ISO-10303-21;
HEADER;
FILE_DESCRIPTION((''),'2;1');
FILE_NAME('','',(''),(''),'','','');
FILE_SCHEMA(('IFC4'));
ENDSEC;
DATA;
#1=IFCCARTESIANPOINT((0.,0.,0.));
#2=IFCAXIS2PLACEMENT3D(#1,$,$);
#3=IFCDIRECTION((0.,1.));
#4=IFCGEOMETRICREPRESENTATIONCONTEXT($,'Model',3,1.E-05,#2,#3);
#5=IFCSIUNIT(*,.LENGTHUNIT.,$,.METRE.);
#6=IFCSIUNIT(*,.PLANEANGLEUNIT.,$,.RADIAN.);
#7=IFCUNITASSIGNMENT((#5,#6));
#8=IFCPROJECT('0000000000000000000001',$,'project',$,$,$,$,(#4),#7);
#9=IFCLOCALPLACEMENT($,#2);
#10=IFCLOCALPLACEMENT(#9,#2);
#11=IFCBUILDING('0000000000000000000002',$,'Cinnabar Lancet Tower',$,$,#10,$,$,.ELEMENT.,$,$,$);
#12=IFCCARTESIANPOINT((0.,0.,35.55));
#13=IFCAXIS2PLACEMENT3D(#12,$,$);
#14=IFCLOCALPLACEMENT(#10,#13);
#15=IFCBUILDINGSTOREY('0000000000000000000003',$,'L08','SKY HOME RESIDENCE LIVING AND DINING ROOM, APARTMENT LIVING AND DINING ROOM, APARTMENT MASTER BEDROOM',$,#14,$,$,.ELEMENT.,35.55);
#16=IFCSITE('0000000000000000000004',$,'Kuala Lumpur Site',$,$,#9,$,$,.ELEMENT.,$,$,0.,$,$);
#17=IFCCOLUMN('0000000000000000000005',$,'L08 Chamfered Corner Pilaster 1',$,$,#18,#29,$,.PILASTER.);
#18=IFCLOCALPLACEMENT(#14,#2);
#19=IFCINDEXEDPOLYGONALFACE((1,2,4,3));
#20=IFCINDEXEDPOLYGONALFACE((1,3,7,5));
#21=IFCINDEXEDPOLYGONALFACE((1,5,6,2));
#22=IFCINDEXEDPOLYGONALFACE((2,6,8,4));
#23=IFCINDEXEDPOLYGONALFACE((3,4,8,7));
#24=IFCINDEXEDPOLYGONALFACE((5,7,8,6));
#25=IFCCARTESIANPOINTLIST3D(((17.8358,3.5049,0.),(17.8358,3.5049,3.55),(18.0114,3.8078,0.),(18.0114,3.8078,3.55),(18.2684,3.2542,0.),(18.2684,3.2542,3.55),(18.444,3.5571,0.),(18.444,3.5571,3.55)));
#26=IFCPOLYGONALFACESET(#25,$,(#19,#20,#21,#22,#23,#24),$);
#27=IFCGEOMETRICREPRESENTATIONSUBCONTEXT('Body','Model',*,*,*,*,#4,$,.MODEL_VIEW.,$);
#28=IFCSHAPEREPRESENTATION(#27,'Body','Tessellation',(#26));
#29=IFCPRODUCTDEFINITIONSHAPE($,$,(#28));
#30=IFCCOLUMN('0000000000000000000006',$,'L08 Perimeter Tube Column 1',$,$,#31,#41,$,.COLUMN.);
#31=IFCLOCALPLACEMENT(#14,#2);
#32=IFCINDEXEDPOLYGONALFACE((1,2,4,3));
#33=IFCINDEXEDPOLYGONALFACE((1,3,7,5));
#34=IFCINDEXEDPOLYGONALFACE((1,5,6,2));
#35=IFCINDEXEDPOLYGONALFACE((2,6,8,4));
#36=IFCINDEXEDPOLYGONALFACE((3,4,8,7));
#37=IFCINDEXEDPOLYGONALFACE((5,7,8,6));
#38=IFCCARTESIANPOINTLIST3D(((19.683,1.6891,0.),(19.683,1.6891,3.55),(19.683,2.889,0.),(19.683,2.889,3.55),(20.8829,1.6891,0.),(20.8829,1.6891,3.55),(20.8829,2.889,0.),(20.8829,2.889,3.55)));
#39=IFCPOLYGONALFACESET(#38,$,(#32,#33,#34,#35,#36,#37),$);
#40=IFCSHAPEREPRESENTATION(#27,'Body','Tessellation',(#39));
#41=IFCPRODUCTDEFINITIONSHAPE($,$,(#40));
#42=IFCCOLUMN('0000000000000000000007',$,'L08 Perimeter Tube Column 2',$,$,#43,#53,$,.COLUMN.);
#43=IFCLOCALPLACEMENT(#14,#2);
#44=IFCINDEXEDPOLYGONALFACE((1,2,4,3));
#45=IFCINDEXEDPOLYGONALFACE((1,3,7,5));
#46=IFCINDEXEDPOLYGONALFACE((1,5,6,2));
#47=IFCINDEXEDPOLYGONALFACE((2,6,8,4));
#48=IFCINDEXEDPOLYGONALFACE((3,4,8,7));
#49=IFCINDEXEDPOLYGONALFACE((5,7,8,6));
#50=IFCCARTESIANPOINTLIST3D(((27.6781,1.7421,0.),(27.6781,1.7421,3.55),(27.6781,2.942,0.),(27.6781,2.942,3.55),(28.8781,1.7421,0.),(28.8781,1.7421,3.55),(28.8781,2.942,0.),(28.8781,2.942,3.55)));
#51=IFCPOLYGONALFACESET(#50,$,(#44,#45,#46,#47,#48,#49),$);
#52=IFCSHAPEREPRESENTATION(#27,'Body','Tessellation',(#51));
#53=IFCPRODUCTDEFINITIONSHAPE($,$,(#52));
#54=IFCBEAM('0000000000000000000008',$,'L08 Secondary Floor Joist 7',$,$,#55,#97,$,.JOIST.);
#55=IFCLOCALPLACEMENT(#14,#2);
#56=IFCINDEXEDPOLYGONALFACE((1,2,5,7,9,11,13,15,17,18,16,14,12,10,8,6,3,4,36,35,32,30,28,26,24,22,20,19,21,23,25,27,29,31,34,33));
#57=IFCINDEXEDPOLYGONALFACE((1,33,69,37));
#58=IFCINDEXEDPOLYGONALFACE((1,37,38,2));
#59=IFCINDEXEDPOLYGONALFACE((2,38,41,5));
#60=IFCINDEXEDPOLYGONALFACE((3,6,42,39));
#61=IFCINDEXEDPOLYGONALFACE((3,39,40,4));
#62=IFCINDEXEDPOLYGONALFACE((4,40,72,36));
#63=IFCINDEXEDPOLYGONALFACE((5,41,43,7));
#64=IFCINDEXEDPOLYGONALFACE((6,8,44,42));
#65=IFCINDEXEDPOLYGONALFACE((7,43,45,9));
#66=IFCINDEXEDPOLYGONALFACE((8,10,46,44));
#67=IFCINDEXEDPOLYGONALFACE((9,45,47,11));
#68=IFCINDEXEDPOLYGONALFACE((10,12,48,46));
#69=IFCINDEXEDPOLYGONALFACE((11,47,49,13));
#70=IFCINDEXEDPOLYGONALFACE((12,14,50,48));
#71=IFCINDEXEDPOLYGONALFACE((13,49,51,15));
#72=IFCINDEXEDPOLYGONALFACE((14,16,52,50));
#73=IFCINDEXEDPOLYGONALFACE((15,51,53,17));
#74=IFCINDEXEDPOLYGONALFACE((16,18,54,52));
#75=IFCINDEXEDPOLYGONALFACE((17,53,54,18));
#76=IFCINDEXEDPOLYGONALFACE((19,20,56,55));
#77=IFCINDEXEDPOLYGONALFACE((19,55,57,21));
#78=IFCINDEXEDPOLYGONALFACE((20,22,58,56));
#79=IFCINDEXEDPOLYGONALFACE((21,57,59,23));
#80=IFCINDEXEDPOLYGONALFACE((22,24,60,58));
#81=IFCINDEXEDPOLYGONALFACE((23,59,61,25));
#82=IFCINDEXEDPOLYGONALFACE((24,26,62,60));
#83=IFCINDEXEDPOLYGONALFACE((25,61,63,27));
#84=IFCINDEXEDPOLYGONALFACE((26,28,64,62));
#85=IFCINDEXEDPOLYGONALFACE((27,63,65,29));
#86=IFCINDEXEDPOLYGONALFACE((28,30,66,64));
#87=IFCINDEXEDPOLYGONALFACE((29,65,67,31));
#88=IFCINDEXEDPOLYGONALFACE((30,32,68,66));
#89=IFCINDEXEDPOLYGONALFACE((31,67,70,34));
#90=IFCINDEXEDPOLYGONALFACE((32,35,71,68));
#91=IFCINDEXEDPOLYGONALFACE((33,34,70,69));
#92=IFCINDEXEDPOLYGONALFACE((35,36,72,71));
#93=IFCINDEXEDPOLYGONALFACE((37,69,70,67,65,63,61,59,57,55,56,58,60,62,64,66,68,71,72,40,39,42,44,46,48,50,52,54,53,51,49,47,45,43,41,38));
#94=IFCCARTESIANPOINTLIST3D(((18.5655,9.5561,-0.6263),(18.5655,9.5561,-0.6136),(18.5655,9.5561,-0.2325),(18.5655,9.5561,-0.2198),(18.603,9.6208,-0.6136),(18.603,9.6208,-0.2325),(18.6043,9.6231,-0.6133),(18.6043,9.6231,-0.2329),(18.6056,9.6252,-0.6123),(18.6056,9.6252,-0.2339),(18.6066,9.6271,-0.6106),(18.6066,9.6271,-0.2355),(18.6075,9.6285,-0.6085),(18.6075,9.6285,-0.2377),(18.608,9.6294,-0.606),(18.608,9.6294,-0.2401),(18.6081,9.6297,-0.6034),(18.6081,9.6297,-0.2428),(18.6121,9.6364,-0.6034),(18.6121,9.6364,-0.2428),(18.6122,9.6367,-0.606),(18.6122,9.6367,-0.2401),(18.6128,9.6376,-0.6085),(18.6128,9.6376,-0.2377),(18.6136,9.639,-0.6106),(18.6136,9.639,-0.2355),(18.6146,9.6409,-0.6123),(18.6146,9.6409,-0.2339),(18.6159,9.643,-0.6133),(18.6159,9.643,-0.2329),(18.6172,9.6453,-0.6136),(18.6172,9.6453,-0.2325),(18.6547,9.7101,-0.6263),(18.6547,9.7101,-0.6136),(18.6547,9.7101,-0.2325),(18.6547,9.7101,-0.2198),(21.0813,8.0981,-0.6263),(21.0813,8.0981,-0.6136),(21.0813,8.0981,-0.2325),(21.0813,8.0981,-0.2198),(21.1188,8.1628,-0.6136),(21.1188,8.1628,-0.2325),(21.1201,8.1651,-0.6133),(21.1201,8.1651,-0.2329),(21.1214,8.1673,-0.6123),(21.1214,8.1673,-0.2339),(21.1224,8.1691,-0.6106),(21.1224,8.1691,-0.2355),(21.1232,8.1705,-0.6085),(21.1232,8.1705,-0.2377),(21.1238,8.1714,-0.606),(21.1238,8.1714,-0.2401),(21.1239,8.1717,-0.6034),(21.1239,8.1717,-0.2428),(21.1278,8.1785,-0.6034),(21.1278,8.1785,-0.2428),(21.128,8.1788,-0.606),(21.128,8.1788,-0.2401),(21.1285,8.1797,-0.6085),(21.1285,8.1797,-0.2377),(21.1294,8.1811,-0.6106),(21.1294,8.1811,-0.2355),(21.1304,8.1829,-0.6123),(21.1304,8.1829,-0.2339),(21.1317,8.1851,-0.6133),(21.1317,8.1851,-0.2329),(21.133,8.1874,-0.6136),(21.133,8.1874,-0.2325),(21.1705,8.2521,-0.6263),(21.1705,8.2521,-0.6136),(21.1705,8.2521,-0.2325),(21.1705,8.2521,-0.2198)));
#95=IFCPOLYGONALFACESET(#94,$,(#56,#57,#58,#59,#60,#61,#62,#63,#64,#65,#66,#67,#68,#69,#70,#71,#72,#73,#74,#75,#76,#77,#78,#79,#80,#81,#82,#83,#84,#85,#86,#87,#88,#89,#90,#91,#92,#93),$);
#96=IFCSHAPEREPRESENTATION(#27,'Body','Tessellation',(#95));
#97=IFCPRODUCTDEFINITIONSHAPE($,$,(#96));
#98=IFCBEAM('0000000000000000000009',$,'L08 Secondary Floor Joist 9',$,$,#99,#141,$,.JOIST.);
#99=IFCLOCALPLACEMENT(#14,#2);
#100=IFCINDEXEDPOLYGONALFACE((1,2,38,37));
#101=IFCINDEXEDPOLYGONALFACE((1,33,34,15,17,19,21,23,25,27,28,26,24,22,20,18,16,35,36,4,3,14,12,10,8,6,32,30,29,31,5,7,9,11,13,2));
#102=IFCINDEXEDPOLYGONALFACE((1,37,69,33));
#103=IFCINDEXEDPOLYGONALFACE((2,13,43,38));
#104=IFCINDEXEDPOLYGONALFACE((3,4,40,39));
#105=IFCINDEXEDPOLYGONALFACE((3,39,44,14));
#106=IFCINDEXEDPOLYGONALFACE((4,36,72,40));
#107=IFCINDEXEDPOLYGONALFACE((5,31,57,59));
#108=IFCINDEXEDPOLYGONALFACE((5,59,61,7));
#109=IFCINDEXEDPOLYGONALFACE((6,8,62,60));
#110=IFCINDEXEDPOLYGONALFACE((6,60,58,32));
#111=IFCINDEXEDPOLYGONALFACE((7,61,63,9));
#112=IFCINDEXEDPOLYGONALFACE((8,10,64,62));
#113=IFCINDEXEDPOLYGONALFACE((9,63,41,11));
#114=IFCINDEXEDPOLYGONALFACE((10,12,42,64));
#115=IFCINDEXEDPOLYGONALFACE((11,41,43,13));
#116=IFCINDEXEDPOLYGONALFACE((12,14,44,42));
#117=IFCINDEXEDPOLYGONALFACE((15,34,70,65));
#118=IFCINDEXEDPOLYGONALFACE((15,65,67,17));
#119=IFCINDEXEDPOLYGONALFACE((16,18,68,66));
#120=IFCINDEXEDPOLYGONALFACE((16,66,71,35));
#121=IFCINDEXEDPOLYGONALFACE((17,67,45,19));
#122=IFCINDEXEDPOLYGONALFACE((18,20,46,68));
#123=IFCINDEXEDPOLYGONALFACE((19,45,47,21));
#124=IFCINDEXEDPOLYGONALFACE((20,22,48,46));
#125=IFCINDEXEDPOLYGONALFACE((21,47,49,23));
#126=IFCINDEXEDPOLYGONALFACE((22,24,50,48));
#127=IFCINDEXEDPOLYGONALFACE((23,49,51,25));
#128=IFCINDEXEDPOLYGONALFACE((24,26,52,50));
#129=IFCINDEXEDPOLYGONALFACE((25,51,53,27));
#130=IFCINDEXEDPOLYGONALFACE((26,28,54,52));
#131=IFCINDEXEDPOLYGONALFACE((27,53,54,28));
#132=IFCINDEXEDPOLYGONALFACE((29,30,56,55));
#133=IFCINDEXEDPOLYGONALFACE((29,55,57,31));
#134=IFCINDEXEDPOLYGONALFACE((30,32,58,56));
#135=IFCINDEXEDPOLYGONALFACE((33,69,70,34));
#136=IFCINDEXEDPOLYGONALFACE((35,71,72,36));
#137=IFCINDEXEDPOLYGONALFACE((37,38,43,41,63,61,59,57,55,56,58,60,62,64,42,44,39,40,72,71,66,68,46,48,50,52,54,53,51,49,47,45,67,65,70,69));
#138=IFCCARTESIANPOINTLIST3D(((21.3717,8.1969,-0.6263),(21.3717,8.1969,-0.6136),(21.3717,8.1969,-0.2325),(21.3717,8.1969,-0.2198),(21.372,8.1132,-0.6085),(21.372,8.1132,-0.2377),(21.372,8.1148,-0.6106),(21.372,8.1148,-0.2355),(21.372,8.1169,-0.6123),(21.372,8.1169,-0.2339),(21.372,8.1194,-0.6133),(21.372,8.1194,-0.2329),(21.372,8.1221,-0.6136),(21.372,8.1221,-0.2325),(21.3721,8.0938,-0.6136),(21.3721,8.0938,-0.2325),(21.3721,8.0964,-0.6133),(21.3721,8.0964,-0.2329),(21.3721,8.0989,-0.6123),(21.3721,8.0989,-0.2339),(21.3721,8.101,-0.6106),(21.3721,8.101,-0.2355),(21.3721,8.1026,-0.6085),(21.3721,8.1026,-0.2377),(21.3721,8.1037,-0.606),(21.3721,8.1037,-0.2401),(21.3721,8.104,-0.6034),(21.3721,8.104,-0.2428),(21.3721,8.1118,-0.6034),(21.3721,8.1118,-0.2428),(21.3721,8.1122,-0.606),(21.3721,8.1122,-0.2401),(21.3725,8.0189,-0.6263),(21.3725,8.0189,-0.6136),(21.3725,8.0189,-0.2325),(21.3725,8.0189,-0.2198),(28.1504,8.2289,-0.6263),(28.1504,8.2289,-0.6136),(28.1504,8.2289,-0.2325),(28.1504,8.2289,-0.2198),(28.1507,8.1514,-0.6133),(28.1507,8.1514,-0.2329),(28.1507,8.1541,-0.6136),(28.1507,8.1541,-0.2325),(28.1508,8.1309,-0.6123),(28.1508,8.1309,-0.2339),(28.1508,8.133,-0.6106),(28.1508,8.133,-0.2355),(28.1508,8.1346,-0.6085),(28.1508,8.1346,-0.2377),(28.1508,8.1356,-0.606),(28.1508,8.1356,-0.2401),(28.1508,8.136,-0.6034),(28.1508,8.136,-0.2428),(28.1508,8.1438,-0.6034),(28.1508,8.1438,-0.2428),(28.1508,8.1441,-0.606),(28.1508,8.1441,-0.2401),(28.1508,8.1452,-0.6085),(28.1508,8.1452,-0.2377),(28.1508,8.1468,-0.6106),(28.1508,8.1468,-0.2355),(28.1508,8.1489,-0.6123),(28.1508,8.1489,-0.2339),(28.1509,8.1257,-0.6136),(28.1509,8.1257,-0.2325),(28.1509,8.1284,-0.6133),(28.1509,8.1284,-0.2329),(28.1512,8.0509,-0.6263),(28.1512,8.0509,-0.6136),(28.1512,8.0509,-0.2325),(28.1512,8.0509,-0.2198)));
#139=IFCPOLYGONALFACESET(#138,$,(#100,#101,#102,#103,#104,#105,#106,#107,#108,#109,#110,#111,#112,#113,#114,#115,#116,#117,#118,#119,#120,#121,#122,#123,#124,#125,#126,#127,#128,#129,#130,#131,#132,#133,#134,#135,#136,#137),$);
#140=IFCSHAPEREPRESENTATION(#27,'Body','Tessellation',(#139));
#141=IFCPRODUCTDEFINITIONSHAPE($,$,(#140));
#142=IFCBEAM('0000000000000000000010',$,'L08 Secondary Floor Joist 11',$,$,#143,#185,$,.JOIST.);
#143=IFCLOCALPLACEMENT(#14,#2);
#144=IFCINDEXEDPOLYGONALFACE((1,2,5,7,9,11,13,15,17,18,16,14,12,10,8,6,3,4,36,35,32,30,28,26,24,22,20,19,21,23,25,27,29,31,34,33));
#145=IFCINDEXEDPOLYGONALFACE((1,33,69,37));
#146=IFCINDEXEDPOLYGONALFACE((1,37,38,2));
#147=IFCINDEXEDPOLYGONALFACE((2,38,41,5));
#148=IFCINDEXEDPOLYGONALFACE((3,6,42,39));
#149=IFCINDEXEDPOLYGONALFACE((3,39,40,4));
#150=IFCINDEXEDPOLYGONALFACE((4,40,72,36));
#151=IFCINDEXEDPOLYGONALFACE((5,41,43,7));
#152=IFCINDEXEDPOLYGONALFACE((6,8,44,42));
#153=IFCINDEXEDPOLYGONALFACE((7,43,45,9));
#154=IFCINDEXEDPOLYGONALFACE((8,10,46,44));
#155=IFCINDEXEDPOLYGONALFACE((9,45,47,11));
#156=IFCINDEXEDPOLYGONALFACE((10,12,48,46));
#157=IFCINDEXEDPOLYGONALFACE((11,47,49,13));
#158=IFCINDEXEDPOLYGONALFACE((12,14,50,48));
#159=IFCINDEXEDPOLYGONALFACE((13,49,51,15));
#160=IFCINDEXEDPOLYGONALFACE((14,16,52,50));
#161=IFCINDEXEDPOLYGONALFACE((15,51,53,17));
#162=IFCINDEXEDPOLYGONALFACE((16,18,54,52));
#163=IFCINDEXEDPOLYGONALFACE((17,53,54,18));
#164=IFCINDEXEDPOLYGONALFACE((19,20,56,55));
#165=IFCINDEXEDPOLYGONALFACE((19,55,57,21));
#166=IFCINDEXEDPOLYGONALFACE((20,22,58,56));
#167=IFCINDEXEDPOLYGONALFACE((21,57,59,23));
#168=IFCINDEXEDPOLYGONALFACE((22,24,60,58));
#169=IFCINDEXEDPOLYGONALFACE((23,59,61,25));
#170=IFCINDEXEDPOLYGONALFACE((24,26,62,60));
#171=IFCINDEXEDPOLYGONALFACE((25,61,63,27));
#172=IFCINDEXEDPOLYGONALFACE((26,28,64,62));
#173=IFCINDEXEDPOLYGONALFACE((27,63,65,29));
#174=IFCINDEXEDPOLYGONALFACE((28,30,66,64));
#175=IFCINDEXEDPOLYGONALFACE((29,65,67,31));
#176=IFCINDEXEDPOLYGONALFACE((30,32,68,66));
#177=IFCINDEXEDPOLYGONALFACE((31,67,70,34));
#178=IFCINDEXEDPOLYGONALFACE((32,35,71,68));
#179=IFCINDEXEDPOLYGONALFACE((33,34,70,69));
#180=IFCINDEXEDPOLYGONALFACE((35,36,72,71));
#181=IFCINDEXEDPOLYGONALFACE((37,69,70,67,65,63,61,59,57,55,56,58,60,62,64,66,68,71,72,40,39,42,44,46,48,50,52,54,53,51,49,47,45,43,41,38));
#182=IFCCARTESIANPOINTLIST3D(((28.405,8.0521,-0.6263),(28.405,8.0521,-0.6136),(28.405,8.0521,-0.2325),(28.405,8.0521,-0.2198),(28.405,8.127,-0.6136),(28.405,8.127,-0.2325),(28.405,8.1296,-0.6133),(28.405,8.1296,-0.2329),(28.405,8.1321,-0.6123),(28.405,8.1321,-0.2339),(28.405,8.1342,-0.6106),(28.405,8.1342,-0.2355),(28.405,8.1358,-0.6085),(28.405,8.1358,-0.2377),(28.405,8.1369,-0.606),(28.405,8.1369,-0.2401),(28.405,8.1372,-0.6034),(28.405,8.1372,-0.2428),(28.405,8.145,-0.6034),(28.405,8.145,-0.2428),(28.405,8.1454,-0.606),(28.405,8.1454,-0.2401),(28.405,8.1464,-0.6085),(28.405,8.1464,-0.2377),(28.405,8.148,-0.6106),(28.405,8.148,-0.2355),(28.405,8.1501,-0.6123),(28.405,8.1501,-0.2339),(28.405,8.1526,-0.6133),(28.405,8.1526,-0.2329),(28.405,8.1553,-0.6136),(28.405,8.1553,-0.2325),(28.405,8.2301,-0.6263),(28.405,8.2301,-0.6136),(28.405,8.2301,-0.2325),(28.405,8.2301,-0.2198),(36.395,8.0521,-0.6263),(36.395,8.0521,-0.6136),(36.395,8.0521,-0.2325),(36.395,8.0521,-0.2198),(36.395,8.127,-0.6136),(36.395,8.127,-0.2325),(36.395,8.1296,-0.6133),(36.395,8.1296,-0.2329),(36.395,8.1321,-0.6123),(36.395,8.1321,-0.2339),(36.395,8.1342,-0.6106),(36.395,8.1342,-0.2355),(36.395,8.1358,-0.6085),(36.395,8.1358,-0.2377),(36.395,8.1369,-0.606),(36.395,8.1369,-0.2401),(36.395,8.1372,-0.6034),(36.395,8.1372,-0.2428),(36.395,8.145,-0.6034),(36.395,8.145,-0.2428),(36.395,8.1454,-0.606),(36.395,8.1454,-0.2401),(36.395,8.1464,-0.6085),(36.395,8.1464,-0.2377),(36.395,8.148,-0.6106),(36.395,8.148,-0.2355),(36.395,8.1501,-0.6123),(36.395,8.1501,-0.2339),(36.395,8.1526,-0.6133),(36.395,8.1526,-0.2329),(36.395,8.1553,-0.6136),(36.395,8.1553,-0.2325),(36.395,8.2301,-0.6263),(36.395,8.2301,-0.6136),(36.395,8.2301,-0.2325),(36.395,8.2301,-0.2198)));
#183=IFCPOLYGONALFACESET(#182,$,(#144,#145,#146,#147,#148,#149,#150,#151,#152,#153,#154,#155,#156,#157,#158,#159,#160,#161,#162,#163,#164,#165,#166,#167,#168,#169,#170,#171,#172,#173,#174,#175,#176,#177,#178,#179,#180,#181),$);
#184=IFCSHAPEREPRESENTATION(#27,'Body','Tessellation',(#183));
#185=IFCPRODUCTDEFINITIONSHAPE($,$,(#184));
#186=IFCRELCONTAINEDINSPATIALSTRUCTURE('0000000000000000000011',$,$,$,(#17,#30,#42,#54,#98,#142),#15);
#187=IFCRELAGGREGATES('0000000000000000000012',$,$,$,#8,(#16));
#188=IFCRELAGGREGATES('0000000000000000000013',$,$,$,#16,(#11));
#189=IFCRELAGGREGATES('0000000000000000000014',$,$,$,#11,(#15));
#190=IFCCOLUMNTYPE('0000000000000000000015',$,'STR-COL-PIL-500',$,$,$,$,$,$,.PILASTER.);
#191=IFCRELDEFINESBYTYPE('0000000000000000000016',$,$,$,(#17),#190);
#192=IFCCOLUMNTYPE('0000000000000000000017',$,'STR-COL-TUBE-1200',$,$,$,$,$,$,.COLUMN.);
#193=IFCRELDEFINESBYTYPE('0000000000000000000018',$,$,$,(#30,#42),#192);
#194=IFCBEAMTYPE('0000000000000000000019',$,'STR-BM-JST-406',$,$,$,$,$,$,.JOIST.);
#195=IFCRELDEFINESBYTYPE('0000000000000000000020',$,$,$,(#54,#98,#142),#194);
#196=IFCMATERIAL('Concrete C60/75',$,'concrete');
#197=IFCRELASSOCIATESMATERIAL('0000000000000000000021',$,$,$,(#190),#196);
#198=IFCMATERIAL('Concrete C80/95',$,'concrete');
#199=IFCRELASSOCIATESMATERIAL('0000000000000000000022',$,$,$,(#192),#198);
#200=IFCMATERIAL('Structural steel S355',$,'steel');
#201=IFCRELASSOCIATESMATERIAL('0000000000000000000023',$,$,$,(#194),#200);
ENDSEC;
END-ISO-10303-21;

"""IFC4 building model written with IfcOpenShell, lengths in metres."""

from ifc_helpers import new_model, si_unit, direction, frame, origin, origin_2d, place, context, subcontext, project, spatial, rectangle, i_section, extrude, material, material_profile, profile_set, type_object, element, save


model = new_model("IFC4")

# Units and contexts
model_context = context("Model", 3, precision=1e-05, world=origin(), true_north=direction((0.0, 1.0)))
body_context = subcontext(model_context, "Body", "Model", "MODEL_VIEW")
ifc_project = project(units=[si_unit("LENGTHUNIT", "METRE"), si_unit("PLANEANGLEUNIT", "RADIAN")], contexts=[model_context])

# Site, building, storey
site_placement = place(None, origin())
site = spatial("IfcSite", under=ifc_project, at=site_placement, Name="Kuala Lumpur Site", CompositionType="ELEMENT", RefElevation=0.0)
building_placement = place(site_placement, origin())
building = spatial("IfcBuilding", under=site, at=building_placement, Name="Cinnabar Lancet Tower", CompositionType="ELEMENT")
storey_placement = place(building_placement, frame((0.0, 0.0, 35.55)))
storey = spatial("IfcBuildingStorey", under=building, at=storey_placement, Name="L08", Description="SKY HOME RESIDENCE LIVING AND DINING ROOM, APARTMENT LIVING AND DINING ROOM, APARTMENT MASTER BEDROOM", CompositionType="ELEMENT", Elevation=35.55)

# Columns
ifc_material_1 = material(Name="Concrete C60/75", Category="concrete")
ifc_material_profile_1 = material_profile(ifc_material_1, rectangle(XDim=0.5, YDim=0.3501, at=origin_2d()), Name="RC-PIL 500x350")
ifc_profile_set_1 = profile_set([ifc_material_profile_1], Name="Concrete C60/75")
column_type_1 = type_object("IfcColumnType", Name="STR-COL-PIL-500", PredefinedType="PILASTER", material=ifc_profile_set_1)
column_placement = place(storey_placement, frame((18.1399, 3.531, 0.0), z_axis=(0.0, 0.0, 1.0), x_axis=(0.865195, -0.501435, 0.0)))
element("IfcColumn", 1, at=column_placement, inside=storey, type_object=column_type_1, Name="L08 Chamfered Corner Pilaster 1", PredefinedType="PILASTER", context=body_context, shape_type="SweptSolid", body=[
    extrude(rectangle(XDim=0.5, YDim=0.3501, at=origin_2d()), origin(), (0.0, 0.0, 1.0), 3.55),
])
ifc_material_2 = material(Name="Concrete C80/95", Category="concrete")
ifc_material_profile_2 = material_profile(ifc_material_2, rectangle(XDim=1.2, YDim=1.2, at=origin_2d()), Name="RC-COL 1200x1200")
ifc_profile_set_2 = profile_set([ifc_material_profile_2], Name="Concrete C80/95")
column_type_2 = type_object("IfcColumnType", Name="STR-COL-TUBE-1200", PredefinedType="COLUMN", material=ifc_profile_set_2)
for number, where, z_axis, x_axis, name in (
    (2, (20.283, 2.2891, 0.0), (0.0, 0.0, 1.0), (1.0, 0.0, 0.0), "L08 Perimeter Tube Column 1"),
    (3, (28.2781, 2.342, 0.0), (0.0, 0.0, 1.0), (1.0, 0.0, 0.0), "L08 Perimeter Tube Column 2"),
):
    element("IfcColumn", number, at=place(storey_placement, frame(where, z_axis=z_axis, x_axis=x_axis)), inside=storey, type_object=column_type_2, Name=name, PredefinedType="COLUMN", context=body_context, shape_type="SweptSolid", body=[
        extrude(rectangle(XDim=1.2, YDim=1.2, at=origin_2d()), origin(), (0.0, 0.0, 1.0), 3.55),
    ])

# Beams
ifc_material_3 = material(Name="Structural steel S355", Category="steel")
ifc_material_profile_3 = material_profile(ifc_material_3, i_section(OverallWidth=0.178, OverallDepth=0.4065, WebThickness=0.0078, FlangeThickness=0.0127, FilletRadius=0.0103, at=origin_2d()), Name="UKB 406x178x60")
ifc_profile_set_3 = profile_set([ifc_material_profile_3], Name="Structural steel S355")
beam_type_1 = type_object("IfcBeamType", Name="STR-BM-JST-406", PredefinedType="JOIST", material=ifc_profile_set_3)
beam_1_placement = place(storey_placement, frame((18.6101, 9.6331, -0.4231), z_axis=(0.86521, -0.50141, 0.0), x_axis=(0.50141, 0.86521, 0.0)))
element("IfcBeam", 4, at=beam_1_placement, inside=storey, type_object=beam_type_1, Name="L08 Secondary Floor Joist 7", PredefinedType="JOIST", context=body_context, shape_type="SweptSolid", body=[
    extrude(i_section(OverallWidth=0.178, OverallDepth=0.4065, WebThickness=0.0078, FlangeThickness=0.0127, FilletRadius=0.0103, at=origin_2d()), origin(), (0.0, 0.0, 1.0), 2.9077),
])
beam_2_placement = place(storey_placement, frame((21.3721, 8.1079, -0.4231), z_axis=(0.999989, 0.004718, 0.0), x_axis=(-0.004718, 0.999989, 0.0)))
element("IfcBeam", 5, at=beam_2_placement, inside=storey, type_object=beam_type_1, Name="L08 Secondary Floor Joist 9", PredefinedType="JOIST", context=body_context, shape_type="SweptSolid", body=[
    extrude(i_section(OverallWidth=0.178, OverallDepth=0.4065, WebThickness=0.0078, FlangeThickness=0.0127, FilletRadius=0.0103, at=origin_2d()), origin(), (0.0, 0.0, 1.0), 6.7788),
])
beam_3_placement = place(storey_placement, frame((28.405, 8.1411, -0.4231), z_axis=(1.0, 0.0, 0.0), x_axis=(0.0, 1.0, 0.0)))
element("IfcBeam", 6, at=beam_3_placement, inside=storey, type_object=beam_type_1, Name="L08 Secondary Floor Joist 11", PredefinedType="JOIST", context=body_context, shape_type="SweptSolid", body=[
    extrude(i_section(OverallWidth=0.178, OverallDepth=0.4065, WebThickness=0.0078, FlangeThickness=0.0127, FilletRadius=0.0103, at=origin_2d()), origin(), (0.0, 0.0, 1.0), 7.99),
])

save(model, "model.ifc")
